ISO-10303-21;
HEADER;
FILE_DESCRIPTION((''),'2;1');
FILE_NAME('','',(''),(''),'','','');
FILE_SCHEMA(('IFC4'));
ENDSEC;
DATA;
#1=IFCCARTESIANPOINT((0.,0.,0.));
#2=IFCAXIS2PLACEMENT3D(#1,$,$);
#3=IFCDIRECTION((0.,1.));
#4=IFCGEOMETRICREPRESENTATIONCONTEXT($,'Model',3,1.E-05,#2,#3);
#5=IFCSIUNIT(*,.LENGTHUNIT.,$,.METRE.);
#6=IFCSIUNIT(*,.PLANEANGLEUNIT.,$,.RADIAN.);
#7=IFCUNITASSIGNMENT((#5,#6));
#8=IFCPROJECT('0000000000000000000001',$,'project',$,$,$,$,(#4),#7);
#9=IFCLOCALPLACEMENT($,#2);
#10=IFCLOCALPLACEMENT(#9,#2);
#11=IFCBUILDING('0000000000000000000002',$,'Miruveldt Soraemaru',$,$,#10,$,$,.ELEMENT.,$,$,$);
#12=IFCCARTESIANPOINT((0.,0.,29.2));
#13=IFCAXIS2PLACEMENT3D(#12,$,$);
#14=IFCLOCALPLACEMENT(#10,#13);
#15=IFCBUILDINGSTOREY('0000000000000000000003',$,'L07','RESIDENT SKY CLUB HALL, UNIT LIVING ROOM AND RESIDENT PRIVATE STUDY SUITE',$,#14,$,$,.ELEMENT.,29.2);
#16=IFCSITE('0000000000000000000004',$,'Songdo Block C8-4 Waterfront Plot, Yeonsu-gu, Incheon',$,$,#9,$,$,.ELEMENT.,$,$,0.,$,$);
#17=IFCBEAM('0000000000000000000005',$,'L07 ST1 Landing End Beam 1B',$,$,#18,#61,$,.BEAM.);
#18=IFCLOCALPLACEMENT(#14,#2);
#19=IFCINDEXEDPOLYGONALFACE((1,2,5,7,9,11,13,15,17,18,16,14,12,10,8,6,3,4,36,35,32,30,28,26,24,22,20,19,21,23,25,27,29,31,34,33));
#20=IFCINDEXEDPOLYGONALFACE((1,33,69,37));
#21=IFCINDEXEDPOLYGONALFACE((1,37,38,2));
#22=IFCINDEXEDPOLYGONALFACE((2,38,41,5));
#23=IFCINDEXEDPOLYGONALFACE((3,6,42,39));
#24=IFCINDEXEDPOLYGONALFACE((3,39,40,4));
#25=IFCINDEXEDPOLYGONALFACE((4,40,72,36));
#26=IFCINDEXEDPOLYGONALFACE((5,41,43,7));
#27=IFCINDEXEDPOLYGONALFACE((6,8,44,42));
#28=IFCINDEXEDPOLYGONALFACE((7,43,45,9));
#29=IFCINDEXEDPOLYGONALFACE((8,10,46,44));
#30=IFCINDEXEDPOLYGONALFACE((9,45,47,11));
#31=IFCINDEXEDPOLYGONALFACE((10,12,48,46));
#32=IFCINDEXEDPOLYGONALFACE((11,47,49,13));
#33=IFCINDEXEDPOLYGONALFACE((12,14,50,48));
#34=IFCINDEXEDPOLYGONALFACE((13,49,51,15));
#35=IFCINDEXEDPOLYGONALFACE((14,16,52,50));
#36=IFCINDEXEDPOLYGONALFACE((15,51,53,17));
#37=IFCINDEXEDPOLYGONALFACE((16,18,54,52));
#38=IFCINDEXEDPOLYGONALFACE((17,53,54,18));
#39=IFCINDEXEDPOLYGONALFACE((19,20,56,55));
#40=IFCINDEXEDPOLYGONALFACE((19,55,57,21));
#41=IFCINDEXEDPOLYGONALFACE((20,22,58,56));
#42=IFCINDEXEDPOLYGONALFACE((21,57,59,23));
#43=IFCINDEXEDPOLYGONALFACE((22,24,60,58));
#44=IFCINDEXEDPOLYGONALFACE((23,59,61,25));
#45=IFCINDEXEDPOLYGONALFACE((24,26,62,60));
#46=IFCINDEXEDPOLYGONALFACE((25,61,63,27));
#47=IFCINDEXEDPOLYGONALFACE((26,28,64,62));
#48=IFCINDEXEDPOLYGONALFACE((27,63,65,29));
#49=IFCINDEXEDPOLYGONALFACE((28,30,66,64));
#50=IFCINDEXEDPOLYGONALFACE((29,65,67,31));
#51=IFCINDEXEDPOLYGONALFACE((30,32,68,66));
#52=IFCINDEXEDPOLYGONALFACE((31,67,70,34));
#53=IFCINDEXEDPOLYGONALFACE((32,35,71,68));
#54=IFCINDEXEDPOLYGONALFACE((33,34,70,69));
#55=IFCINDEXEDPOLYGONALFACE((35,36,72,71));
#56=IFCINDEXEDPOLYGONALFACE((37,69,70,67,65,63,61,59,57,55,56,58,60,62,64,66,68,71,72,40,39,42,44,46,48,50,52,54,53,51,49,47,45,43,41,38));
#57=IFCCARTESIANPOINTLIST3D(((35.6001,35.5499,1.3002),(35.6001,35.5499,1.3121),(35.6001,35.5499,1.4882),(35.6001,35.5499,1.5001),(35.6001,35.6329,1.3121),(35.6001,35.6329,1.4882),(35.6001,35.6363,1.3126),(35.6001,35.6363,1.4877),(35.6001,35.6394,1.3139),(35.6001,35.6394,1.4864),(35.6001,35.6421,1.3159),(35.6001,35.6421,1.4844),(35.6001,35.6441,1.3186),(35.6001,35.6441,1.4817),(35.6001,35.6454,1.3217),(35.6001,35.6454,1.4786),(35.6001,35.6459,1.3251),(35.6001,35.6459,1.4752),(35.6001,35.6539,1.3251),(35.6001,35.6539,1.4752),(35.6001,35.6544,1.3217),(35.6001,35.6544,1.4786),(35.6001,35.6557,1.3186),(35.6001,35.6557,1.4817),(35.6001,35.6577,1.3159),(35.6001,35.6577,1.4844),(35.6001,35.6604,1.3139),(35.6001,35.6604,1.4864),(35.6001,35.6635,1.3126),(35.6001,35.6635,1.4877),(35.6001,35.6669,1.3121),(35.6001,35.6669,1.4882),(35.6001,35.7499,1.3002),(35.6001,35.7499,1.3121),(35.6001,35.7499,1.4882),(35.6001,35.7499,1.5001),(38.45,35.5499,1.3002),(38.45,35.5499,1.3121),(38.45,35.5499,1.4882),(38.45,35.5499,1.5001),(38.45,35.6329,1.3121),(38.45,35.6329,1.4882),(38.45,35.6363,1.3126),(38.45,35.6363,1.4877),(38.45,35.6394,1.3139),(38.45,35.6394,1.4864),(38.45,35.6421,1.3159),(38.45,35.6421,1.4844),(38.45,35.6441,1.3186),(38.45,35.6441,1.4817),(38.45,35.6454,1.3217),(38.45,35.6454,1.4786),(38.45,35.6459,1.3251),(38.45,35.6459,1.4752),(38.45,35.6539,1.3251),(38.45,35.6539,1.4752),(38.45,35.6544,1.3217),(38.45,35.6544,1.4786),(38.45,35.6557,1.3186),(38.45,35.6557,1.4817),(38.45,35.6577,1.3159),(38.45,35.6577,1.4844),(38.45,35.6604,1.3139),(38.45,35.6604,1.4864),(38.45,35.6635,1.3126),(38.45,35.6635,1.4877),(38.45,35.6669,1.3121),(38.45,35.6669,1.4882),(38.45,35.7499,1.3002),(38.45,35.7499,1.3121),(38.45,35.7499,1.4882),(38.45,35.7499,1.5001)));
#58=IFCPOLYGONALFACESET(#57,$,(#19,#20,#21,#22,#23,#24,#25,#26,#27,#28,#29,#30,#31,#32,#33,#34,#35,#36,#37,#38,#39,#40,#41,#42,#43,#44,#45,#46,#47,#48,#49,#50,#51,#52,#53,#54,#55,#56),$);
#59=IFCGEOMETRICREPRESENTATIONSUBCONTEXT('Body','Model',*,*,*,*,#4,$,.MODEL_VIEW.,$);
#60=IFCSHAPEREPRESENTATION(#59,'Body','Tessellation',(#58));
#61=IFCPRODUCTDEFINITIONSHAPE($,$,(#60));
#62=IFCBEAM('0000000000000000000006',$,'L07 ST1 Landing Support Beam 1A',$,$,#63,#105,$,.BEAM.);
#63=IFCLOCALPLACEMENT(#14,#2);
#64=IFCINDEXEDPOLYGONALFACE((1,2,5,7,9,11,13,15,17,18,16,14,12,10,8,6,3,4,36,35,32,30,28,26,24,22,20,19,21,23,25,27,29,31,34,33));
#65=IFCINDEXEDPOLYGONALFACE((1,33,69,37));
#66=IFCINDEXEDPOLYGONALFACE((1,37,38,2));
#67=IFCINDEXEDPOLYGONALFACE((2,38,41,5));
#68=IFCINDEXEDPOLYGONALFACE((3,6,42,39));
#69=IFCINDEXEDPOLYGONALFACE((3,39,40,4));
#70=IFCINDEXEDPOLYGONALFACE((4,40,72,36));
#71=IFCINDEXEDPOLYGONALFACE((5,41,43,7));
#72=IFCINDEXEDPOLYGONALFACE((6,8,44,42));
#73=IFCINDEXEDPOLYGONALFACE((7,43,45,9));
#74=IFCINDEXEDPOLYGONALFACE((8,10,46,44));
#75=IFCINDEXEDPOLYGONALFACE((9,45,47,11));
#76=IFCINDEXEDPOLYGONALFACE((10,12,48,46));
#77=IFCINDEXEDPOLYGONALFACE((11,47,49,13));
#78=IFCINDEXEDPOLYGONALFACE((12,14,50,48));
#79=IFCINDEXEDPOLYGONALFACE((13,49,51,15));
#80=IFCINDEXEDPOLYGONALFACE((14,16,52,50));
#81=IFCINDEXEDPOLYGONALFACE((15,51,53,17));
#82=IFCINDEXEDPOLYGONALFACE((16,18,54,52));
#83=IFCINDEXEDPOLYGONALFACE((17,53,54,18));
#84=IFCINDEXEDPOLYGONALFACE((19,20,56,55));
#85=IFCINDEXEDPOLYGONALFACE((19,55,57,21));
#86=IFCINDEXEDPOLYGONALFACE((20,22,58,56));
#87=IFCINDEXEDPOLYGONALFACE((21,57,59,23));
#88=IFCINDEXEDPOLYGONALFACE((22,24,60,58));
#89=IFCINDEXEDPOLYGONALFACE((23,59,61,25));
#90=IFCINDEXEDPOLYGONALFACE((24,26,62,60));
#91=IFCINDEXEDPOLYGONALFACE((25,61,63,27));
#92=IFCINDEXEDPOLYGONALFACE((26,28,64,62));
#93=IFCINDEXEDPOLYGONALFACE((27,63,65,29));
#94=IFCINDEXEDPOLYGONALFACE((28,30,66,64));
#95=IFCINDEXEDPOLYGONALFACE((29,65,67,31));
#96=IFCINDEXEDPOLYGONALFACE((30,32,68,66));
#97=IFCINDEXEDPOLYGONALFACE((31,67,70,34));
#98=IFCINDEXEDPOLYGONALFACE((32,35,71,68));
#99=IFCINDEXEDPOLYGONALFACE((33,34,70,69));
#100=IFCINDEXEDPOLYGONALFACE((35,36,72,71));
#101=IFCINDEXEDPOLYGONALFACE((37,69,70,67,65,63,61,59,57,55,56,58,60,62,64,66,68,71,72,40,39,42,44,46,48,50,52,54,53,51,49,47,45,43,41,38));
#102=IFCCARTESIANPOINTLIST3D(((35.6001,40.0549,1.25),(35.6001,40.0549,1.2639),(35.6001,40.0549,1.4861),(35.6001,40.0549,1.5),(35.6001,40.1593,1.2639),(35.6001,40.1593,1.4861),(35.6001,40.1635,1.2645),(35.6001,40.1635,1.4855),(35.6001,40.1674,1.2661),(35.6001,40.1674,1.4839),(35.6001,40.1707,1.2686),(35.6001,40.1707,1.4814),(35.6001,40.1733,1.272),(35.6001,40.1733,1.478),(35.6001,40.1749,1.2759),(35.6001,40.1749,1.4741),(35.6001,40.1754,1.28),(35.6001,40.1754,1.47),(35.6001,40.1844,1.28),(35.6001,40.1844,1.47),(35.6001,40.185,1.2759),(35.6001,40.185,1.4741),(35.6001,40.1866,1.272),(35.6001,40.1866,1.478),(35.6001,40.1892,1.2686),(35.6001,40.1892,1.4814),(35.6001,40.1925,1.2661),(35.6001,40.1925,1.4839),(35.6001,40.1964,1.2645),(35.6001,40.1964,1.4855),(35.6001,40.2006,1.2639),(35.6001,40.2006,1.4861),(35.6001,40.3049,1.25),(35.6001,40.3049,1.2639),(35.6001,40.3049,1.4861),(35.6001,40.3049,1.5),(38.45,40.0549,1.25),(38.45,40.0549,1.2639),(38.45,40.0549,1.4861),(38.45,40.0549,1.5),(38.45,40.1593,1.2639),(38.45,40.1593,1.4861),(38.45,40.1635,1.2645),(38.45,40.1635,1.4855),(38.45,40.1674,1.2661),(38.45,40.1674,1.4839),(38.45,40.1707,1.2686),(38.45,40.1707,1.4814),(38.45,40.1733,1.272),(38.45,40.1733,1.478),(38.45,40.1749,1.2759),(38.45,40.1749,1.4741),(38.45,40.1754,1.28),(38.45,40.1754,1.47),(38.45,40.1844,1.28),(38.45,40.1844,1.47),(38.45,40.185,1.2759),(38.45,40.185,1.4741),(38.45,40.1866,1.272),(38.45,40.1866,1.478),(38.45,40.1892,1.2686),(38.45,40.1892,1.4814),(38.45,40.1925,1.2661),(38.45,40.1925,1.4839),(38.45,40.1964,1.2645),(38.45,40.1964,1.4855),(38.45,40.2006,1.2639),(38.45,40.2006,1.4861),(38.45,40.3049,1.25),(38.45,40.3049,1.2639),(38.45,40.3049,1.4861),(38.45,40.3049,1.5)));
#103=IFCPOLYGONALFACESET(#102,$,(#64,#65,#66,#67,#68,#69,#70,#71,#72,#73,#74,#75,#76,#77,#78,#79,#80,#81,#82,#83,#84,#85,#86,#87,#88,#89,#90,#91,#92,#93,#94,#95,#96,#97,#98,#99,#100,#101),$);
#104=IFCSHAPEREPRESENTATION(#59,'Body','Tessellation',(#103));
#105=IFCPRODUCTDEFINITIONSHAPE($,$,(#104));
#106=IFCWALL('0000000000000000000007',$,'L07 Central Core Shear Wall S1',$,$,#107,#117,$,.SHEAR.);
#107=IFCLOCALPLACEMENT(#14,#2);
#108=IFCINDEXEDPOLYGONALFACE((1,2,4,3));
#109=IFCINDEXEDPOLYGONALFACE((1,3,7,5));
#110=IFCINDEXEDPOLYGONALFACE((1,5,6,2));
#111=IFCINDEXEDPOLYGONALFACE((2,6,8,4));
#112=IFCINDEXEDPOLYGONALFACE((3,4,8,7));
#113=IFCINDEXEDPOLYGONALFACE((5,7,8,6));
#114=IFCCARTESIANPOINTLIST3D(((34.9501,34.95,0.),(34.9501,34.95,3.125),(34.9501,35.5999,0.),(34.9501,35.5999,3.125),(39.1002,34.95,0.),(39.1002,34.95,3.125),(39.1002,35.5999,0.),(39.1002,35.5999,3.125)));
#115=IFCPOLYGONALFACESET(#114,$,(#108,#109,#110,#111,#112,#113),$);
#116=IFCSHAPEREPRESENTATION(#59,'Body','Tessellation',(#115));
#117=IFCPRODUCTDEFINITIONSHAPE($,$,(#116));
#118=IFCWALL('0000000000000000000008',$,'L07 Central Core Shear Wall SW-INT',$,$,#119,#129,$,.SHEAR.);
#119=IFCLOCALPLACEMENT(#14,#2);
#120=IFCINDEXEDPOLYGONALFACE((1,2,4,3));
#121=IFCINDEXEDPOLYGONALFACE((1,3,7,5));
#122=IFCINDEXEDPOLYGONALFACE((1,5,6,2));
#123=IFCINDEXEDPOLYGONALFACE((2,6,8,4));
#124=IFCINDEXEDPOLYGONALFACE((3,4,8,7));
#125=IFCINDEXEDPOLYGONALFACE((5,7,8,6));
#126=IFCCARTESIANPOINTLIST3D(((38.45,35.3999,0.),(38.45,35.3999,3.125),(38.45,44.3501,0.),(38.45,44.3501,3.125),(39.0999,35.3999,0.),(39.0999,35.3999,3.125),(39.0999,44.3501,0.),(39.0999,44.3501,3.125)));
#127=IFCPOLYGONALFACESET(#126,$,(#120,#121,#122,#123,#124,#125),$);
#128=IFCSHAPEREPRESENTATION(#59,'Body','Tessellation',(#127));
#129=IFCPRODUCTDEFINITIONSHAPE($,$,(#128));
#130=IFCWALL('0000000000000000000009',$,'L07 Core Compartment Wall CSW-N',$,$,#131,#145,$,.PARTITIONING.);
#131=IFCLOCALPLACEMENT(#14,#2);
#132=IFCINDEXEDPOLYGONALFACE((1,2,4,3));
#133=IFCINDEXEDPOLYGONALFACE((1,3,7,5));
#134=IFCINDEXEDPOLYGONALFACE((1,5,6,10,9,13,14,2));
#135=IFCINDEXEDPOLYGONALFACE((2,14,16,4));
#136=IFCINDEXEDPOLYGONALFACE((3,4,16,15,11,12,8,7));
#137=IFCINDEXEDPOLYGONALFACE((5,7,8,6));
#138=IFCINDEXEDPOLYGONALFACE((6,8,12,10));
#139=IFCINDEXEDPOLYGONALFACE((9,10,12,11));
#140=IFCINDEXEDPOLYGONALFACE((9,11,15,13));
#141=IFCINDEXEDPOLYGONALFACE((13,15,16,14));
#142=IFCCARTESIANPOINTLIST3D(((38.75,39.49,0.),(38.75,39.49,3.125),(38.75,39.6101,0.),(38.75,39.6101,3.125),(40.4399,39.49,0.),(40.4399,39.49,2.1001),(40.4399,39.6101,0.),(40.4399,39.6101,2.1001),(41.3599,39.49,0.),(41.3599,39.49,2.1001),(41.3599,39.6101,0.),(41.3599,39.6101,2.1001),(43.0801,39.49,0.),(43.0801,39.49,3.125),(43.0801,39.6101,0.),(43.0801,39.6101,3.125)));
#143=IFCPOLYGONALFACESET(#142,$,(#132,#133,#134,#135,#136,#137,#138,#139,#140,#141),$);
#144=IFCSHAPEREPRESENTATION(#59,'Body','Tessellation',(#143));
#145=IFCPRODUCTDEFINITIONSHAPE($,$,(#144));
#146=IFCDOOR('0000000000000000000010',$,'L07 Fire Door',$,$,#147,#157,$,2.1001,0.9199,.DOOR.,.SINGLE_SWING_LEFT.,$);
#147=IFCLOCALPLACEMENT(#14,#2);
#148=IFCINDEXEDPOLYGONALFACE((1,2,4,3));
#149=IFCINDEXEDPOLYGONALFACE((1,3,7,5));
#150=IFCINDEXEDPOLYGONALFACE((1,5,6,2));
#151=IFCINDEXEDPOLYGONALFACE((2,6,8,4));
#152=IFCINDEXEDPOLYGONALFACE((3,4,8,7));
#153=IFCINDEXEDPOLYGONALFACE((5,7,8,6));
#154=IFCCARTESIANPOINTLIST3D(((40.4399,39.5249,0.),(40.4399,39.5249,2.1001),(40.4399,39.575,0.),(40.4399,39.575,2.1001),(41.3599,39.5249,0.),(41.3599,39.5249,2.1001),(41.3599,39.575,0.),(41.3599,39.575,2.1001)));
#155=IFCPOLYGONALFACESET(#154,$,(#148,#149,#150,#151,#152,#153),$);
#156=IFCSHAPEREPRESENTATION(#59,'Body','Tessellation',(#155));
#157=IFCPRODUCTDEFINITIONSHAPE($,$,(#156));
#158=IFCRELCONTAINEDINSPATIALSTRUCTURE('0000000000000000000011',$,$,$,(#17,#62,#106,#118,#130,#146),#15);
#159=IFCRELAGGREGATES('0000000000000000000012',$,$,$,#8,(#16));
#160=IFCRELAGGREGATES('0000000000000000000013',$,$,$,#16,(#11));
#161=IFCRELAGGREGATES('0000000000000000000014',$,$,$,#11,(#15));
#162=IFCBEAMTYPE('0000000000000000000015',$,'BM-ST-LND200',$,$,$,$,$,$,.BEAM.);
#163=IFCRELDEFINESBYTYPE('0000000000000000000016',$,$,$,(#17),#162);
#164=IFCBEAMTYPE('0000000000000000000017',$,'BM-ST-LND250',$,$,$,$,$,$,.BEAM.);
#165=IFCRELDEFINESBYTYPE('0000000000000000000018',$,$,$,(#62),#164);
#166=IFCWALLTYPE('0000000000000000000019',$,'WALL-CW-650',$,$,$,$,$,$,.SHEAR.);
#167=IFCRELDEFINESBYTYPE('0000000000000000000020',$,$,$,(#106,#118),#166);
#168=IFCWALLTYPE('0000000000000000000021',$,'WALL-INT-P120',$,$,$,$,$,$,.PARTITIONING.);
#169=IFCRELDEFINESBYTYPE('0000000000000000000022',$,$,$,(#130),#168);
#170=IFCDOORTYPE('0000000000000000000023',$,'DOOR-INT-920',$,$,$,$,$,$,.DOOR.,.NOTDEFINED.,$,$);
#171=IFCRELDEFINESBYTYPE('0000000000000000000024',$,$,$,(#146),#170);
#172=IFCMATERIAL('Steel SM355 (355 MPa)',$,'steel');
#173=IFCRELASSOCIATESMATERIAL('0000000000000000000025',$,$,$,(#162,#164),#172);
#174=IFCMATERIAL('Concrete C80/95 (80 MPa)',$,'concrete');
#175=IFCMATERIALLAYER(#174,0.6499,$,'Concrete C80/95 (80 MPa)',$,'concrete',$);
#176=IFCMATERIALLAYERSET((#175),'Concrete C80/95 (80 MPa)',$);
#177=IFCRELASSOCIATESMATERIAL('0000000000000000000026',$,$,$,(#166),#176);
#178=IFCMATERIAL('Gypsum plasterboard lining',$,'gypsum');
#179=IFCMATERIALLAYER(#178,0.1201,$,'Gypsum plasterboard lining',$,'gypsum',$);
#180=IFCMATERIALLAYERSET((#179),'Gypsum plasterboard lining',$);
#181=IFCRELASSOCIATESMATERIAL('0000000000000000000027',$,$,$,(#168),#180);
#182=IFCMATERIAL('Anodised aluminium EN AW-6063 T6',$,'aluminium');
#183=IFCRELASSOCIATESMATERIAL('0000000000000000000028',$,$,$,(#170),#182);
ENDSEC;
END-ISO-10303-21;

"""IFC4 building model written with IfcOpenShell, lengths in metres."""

from ifc_helpers import new_model, si_unit, direction, frame, frame_2d, origin, origin_2d, place, context, subcontext, project, spatial, rectangle, i_section, extrude, material, layer, layer_set, material_profile, profile_set, type_object, element, fill, save


model = new_model("IFC4")

# Units and contexts
model_context = context("Model", 3, precision=1e-05, world=origin(), true_north=direction((0.0, 1.0)))
body_context = subcontext(model_context, "Body", "Model", "MODEL_VIEW")
ifc_project = project(units=[si_unit("LENGTHUNIT", "METRE"), si_unit("PLANEANGLEUNIT", "RADIAN")], contexts=[model_context])

# Site, building, storey
site_placement = place(None, origin())
site = spatial("IfcSite", under=ifc_project, at=site_placement, Name="Songdo Block C8-4 Waterfront Plot, Yeonsu-gu, Incheon", CompositionType="ELEMENT", RefElevation=0.0)
building_placement = place(site_placement, origin())
building = spatial("IfcBuilding", under=site, at=building_placement, Name="Miruveldt Soraemaru", CompositionType="ELEMENT")
storey_placement = place(building_placement, frame((0.0, 0.0, 29.2)))
storey = spatial("IfcBuildingStorey", under=building, at=storey_placement, Name="L07", Description="RESIDENT SKY CLUB HALL, UNIT LIVING ROOM AND RESIDENT PRIVATE STUDY SUITE", CompositionType="ELEMENT", Elevation=29.2)

# Shared definitions
ifc_material_1 = material(Name="Concrete C80/95 (80 MPa)", Category="concrete")

# Beams
ifc_material_2 = material(Name="Steel SM355 (355 MPa)", Category="steel")
ifc_material_profile_1 = material_profile(ifc_material_2, i_section(OverallWidth=0.2, OverallDepth=0.2, WebThickness=0.0081, FlangeThickness=0.012, FilletRadius=0.0129, at=origin_2d()), Name="Steel SM355 (355 MPa)", Category="steel")
ifc_profile_set_1 = profile_set([ifc_material_profile_1], Name="Steel SM355 (355 MPa)")
beam_type_1 = type_object("IfcBeamType", Name="BM-ST-LND200", PredefinedType="BEAM", material=ifc_profile_set_1)
beam_1_placement = place(storey_placement, frame((35.6001, 35.6499, 1.4001), z_axis=(1.0, 0.0, 0.0), x_axis=(0.0, 1.0, 0.0)))
element("IfcBeam", 1, at=beam_1_placement, inside=storey, type_object=beam_type_1, Name="L07 ST1 Landing End Beam 1B", PredefinedType="BEAM", context=body_context, shape_type="SweptSolid", body=[
    extrude(i_section(OverallWidth=0.2, OverallDepth=0.2, WebThickness=0.0081, FlangeThickness=0.012, FilletRadius=0.0129, at=origin_2d()), origin(), (0.0, 0.0, 1.0), 2.8499),
])
ifc_material_profile_2 = material_profile(ifc_material_2, i_section(OverallWidth=0.25, OverallDepth=0.25, WebThickness=0.009, FlangeThickness=0.0139, FilletRadius=0.0161, at=origin_2d()), Name="Steel SM355 (355 MPa)", Category="steel")
ifc_profile_set_2 = profile_set([ifc_material_profile_2], Name="Steel SM355 (355 MPa)")
beam_type_2 = type_object("IfcBeamType", Name="BM-ST-LND250", PredefinedType="BEAM", material=ifc_profile_set_2)
beam_2_placement = place(storey_placement, frame((35.6001, 40.1799, 1.375), z_axis=(1.0, 0.0, 0.0), x_axis=(0.0, 1.0, 0.0)))
element("IfcBeam", 2, at=beam_2_placement, inside=storey, type_object=beam_type_2, Name="L07 ST1 Landing Support Beam 1A", PredefinedType="BEAM", context=body_context, shape_type="SweptSolid", body=[
    extrude(i_section(OverallWidth=0.25, OverallDepth=0.25, WebThickness=0.009, FlangeThickness=0.0139, FilletRadius=0.0161, at=origin_2d()), origin(), (0.0, 0.0, 1.0), 2.8499),
])

# Walls
ifc_layer_1 = layer(ifc_material_1, 0.6499, Name="Concrete C80/95 (80 MPa)", Category="concrete")
ifc_layer_set_1 = layer_set([ifc_layer_1], Name="Concrete C80/95 (80 MPa)")
wall_type_1 = type_object("IfcWallType", Name="WALL-CW-650", PredefinedType="SHEAR", material=ifc_layer_set_1)
wall_1_placement = place(storey_placement, frame((34.95, 35.2749, 0.0), z_axis=(0.0, 0.0, 1.0), x_axis=(1.0, 0.0, 0.0)))
element("IfcWall", 3, at=wall_1_placement, inside=storey, type_object=wall_type_1, Name="L07 Central Core Shear Wall S1", PredefinedType="SHEAR", context=body_context, shape_type="SweptSolid", body=[
    extrude(rectangle(XDim=4.1501, YDim=0.6499, at=frame_2d((2.0752, 0.0))), origin(), (0.0, 0.0, 1.0), 3.125),
])
wall_2_placement = place(storey_placement, frame((38.7749, 35.3999, 0.0), z_axis=(0.0, 0.0, 1.0), x_axis=(0.0, 1.0, 0.0)))
element("IfcWall", 4, at=wall_2_placement, inside=storey, type_object=wall_type_1, Name="L07 Central Core Shear Wall SW-INT", PredefinedType="SHEAR", context=body_context, shape_type="SweptSolid", body=[
    extrude(rectangle(XDim=8.9502, YDim=0.6499, at=frame_2d((4.4751, 0.0))), origin(), (0.0, 0.0, 1.0), 3.125),
])

# Wall, opening, door
ifc_material_3 = material(Name="Gypsum plasterboard lining", Category="gypsum")
ifc_layer_2 = layer(ifc_material_3, 0.1201, Name="Gypsum plasterboard lining", Category="gypsum")
ifc_layer_set_2 = layer_set([ifc_layer_2], Name="Gypsum plasterboard lining")
wall_type_2 = type_object("IfcWallType", Name="WALL-INT-P120", PredefinedType="PARTITIONING", material=ifc_layer_set_2)
wall_3_placement = place(storey_placement, frame((38.75, 39.55, 0.0), z_axis=(0.0, 0.0, 1.0), x_axis=(1.0, 0.0, 0.0)))
wall_3 = element("IfcWall", 5, at=wall_3_placement, inside=storey, type_object=wall_type_2, Name="L07 Core Compartment Wall CSW-N", PredefinedType="PARTITIONING", context=body_context, shape_type="SweptSolid", body=[
    extrude(rectangle(XDim=4.3301, YDim=0.1201, at=frame_2d((2.165, 0.0))), origin(), (0.0, 0.0, 1.0), 3.125),
])
opening_1_placement = place(wall_3_placement, frame((1.6899, 0.0, 0.0)))
opening_1 = element("IfcOpeningElement", 6, at=opening_1_placement, cuts=wall_3, PredefinedType="OPENING", context=body_context, shape_type="SweptSolid", body=[
    extrude(rectangle(XDim=0.9199, YDim=2.1001, at=frame_2d((0.46, 1.05))), frame((0.0, 0.0701, 0.0), z_axis=(0.0, -1.0, 0.0), x_axis=(1.0, 0.0, 0.0)), (0.0, 0.0, 1.0), 0.1401),
])
ifc_material_4 = material(Name="Anodised aluminium EN AW-6063 T6", Category="aluminium")
door_type_1 = type_object("IfcDoorType", Name="DOOR-INT-920", OperationType="NOTDEFINED", PredefinedType="DOOR", material=ifc_material_4)
door_1_placement = place(opening_1_placement, origin())
door_1 = element("IfcDoor", 7, at=door_1_placement, inside=storey, type_object=door_type_1, Name="L07 Fire Door", OperationType="SINGLE_SWING_LEFT", OverallHeight=2.1001, OverallWidth=0.9199, PredefinedType="DOOR", context=body_context, shape_type="SweptSolid", body=[
    extrude(rectangle(XDim=0.9199, YDim=2.1001, at=frame_2d((0.46, 1.05))), frame((0.0, 0.0249, 0.0), z_axis=(0.0, -1.0, 0.0), x_axis=(1.0, 0.0, 0.0)), (0.0, 0.0, 1.0), 0.05),
])
fill(opening_1, door_1)

save(model, "model.ifc")
